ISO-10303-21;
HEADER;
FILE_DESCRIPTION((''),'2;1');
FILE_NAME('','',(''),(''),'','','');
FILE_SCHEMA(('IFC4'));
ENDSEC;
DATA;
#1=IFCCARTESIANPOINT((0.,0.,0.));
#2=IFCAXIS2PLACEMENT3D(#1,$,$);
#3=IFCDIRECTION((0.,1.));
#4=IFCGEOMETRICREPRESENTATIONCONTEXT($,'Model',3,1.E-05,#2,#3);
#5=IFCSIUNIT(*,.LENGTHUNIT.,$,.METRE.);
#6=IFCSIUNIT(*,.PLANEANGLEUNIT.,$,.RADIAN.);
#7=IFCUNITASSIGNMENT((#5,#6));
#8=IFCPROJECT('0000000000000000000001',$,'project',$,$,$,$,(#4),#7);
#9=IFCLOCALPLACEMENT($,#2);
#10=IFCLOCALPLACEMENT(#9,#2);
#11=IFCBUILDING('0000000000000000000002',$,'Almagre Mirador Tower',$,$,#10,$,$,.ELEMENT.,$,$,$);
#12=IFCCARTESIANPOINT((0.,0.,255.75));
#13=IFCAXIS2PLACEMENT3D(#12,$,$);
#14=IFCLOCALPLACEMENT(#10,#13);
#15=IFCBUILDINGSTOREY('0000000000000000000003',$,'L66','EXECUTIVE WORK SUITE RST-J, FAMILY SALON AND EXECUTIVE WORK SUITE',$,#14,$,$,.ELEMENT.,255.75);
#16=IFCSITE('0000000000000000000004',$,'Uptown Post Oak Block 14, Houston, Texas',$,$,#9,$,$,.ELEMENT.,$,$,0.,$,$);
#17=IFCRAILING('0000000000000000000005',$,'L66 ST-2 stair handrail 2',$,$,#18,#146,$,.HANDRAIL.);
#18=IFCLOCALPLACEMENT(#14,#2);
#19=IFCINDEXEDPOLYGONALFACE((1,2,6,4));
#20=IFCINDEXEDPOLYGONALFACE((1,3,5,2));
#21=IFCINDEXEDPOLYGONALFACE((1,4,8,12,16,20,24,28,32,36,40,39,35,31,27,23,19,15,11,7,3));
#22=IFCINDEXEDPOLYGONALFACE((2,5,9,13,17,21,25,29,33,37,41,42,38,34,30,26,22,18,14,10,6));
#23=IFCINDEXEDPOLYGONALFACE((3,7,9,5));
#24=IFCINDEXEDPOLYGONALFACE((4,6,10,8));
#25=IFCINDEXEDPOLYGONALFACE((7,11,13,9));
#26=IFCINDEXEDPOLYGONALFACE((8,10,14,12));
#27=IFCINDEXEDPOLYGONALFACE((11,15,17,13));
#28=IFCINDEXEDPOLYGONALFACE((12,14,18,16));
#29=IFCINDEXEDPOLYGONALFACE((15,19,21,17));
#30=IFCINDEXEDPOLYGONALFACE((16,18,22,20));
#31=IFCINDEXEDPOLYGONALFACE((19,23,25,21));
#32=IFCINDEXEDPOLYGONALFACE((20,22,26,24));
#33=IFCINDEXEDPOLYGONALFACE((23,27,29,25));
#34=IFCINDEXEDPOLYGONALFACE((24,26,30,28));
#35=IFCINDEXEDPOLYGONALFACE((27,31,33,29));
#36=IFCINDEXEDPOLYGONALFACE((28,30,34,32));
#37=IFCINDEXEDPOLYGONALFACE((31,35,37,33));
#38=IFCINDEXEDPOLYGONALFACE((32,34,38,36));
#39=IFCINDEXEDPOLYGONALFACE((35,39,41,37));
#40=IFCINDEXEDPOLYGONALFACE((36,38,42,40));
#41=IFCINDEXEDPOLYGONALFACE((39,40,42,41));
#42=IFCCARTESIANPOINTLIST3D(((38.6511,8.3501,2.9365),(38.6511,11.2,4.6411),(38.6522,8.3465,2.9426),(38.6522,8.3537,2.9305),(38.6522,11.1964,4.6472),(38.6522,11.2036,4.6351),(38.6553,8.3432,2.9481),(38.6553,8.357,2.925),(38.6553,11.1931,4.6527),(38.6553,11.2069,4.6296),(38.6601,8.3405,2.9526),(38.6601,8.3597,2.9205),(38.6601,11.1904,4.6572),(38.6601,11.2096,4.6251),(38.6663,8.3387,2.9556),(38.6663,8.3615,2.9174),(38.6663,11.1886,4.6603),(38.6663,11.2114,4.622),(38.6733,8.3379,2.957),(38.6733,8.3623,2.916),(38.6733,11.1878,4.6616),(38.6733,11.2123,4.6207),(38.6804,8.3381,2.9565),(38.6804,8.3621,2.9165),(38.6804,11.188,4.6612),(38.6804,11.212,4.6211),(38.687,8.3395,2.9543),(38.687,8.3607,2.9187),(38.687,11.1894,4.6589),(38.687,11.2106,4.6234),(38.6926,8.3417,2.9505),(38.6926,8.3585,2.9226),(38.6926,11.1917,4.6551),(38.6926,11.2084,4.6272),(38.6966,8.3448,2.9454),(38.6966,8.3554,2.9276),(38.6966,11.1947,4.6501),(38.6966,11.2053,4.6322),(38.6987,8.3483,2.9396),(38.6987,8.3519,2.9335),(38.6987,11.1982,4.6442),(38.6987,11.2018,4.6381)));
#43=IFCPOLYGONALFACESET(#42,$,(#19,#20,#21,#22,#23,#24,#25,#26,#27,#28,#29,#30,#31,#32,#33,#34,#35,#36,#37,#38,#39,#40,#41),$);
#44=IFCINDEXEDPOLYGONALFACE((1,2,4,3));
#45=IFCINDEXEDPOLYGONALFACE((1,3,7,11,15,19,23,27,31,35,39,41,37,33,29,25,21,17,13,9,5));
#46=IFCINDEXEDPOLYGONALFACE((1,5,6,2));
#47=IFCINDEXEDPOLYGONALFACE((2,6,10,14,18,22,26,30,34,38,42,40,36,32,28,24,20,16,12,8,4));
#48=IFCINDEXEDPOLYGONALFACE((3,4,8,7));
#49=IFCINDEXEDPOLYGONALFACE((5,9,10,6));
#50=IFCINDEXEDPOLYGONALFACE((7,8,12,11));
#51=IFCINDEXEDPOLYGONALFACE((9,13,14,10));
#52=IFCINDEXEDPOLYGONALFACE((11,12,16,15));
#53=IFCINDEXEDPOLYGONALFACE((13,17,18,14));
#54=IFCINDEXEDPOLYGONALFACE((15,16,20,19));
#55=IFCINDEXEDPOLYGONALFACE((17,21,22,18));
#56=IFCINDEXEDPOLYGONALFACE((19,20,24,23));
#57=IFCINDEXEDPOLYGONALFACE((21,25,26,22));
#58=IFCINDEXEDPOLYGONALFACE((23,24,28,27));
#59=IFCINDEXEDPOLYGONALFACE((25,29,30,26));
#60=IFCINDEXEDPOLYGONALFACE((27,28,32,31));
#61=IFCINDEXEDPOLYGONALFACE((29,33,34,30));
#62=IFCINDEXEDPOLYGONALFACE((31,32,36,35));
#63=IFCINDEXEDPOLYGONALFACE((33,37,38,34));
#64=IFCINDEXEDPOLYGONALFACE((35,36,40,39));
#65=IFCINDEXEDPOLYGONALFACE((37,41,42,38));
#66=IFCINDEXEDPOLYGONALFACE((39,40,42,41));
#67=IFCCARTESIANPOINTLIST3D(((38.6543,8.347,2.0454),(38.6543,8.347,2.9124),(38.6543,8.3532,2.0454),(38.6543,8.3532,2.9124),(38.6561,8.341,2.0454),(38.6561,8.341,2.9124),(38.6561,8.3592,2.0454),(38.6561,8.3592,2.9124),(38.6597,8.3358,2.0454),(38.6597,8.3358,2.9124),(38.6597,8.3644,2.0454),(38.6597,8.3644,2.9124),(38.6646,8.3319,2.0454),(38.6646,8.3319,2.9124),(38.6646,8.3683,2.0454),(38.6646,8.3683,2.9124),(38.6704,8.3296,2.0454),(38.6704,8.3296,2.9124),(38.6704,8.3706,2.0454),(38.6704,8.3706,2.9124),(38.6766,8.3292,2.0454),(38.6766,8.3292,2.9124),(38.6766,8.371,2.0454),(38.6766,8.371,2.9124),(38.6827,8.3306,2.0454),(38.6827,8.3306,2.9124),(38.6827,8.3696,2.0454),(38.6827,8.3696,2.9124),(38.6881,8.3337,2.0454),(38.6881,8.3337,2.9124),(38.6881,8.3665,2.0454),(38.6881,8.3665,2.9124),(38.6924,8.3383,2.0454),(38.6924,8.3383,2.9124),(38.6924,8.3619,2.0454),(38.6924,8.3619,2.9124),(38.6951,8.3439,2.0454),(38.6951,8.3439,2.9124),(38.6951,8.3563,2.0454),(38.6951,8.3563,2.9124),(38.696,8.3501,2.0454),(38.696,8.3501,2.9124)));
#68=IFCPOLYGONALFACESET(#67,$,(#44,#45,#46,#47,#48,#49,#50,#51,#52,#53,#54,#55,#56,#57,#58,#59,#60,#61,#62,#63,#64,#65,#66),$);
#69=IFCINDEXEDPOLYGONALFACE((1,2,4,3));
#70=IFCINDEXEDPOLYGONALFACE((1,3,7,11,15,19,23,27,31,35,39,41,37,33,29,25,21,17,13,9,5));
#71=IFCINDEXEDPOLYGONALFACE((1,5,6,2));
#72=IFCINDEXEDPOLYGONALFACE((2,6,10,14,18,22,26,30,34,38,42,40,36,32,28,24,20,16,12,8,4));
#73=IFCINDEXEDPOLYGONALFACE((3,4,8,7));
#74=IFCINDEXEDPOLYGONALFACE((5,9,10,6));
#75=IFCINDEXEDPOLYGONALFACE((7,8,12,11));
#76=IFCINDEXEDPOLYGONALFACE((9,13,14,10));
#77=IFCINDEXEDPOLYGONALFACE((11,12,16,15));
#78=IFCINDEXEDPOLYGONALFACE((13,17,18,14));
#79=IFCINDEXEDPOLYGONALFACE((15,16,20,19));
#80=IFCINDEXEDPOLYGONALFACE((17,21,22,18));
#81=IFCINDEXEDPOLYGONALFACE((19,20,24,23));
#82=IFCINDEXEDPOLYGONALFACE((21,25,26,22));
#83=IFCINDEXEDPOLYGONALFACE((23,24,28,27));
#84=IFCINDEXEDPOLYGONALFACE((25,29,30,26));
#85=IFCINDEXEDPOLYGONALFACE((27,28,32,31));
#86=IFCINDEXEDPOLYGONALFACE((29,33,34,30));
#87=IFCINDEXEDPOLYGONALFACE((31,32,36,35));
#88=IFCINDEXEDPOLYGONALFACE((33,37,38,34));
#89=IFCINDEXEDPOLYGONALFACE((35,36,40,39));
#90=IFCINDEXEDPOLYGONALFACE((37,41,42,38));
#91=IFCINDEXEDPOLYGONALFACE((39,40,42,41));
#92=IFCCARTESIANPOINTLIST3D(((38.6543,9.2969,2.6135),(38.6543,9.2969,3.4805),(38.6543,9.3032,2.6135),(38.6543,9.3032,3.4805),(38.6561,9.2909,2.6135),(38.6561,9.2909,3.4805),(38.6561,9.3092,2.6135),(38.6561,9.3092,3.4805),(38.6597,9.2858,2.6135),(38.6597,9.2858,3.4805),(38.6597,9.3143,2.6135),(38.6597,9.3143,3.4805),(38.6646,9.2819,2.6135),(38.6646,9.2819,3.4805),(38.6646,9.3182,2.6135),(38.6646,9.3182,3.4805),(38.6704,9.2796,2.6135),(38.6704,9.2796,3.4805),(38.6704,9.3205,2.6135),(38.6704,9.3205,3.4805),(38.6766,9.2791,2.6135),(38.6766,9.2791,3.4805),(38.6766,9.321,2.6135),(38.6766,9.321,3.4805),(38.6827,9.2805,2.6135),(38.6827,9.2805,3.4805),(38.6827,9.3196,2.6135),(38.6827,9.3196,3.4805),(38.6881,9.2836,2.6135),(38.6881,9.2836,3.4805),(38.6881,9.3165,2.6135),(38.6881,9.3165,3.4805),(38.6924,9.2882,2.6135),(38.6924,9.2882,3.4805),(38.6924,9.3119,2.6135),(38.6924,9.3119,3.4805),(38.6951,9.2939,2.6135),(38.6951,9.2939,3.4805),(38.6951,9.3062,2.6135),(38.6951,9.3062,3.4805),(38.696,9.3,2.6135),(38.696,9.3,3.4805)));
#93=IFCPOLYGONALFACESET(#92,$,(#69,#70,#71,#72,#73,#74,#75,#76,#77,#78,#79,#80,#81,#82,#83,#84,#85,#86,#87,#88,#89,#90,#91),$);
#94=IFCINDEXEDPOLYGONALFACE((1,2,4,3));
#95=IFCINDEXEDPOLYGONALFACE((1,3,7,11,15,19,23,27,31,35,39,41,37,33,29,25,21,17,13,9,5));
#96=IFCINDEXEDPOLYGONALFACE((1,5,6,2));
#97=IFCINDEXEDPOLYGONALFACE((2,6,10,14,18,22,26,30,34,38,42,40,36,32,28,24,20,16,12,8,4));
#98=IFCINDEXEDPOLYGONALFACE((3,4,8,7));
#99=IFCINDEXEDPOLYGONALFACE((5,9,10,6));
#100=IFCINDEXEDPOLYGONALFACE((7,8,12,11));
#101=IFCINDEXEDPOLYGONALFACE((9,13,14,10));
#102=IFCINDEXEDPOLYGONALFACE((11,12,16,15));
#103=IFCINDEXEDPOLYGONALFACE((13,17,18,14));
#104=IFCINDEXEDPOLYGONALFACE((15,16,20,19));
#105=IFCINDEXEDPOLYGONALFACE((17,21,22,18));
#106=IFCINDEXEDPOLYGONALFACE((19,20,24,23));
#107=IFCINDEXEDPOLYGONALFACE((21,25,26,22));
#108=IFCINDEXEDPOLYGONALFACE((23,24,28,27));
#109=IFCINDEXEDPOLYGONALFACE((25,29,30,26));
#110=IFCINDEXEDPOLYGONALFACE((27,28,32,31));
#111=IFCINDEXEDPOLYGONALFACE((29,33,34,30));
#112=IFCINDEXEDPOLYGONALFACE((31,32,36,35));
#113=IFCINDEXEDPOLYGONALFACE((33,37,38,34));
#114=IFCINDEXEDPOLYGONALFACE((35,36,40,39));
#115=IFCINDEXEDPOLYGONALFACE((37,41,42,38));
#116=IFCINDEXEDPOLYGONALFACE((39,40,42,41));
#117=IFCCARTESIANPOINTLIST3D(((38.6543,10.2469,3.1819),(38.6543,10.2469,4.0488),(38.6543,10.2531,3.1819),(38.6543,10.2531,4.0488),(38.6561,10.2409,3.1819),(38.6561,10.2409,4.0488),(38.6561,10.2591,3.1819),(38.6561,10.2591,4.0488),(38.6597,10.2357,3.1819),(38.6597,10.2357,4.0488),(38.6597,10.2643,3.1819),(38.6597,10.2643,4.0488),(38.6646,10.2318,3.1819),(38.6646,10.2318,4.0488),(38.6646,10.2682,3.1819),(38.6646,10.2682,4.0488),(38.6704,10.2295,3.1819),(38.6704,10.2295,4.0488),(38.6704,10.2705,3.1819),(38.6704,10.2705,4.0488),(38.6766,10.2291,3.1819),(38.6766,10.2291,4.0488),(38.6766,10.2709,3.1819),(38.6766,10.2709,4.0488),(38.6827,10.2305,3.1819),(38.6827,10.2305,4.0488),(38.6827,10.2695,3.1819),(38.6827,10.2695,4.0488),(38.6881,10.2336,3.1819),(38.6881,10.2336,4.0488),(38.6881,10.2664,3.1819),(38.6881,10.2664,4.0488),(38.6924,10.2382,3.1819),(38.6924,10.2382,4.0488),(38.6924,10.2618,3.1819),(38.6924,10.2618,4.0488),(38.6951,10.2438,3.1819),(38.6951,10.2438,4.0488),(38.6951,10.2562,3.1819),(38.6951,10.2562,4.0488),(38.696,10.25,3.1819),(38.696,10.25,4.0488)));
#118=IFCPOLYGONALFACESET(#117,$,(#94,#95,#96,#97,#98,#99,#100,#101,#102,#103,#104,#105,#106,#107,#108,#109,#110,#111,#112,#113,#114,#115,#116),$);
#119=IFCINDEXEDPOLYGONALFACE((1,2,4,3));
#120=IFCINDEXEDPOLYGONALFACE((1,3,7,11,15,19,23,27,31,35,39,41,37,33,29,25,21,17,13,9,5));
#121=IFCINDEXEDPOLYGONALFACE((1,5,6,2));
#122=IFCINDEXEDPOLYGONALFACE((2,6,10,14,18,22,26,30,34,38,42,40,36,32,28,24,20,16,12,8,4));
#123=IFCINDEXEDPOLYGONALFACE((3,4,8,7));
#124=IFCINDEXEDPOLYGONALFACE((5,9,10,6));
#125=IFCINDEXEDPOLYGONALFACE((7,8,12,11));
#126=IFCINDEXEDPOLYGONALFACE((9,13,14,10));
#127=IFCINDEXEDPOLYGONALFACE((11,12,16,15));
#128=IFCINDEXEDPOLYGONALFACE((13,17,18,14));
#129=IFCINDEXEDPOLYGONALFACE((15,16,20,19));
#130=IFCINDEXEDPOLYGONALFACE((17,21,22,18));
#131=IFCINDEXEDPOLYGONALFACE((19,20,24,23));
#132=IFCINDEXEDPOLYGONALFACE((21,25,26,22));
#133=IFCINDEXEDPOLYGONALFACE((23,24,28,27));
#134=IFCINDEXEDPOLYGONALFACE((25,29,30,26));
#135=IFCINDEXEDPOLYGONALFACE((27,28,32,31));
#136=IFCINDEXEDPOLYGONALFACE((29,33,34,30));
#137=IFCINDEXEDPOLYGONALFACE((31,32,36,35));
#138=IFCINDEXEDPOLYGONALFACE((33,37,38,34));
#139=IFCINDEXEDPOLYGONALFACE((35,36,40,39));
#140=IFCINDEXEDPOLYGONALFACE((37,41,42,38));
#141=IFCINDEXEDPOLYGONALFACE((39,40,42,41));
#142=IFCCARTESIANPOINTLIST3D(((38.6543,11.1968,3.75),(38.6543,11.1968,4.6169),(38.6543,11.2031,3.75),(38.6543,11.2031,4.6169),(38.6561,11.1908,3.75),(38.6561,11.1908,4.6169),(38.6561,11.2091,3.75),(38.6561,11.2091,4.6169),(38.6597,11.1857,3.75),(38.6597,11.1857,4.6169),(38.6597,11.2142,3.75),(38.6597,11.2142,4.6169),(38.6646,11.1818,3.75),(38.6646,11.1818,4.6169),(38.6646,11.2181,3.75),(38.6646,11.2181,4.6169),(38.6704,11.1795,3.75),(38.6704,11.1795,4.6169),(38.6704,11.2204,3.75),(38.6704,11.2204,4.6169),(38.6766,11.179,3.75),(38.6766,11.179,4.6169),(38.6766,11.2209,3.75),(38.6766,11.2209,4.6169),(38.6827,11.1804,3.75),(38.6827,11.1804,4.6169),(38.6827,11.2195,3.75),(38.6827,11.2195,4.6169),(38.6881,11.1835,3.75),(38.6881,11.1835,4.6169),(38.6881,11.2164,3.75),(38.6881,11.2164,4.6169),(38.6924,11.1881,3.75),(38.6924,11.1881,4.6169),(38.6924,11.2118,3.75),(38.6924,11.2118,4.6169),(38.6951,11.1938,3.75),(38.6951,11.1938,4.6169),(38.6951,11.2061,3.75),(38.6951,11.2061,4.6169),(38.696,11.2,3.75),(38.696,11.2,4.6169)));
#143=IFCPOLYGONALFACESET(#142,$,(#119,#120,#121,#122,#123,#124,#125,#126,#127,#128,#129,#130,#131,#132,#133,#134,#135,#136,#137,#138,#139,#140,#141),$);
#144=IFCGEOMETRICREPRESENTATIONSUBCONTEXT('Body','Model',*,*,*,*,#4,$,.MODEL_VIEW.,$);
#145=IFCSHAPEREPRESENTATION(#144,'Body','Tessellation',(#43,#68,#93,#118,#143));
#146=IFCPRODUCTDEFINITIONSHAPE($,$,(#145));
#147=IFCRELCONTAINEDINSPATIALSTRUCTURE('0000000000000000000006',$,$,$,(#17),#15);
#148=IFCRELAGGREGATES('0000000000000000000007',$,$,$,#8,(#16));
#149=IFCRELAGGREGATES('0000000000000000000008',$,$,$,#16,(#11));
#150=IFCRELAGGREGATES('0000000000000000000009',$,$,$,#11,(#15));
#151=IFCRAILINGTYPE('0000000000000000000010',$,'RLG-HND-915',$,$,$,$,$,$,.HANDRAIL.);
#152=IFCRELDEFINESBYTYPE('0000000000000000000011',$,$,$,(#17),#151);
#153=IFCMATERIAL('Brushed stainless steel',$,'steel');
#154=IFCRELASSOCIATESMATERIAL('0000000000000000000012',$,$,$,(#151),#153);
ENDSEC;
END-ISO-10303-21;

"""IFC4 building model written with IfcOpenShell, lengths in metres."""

from ifc_helpers import new_model, si_unit, direction, frame, origin, origin_2d, place, context, subcontext, project, spatial, circle, extrude, material, type_object, element, save


model = new_model("IFC4")

# Units and contexts
model_context = context("Model", 3, precision=1e-05, world=origin(), true_north=direction((0.0, 1.0)))
body_context = subcontext(model_context, "Body", "Model", "MODEL_VIEW")
ifc_project = project(units=[si_unit("LENGTHUNIT", "METRE"), si_unit("PLANEANGLEUNIT", "RADIAN")], contexts=[model_context])

# Site, building, storey
site_placement = place(None, origin())
site = spatial("IfcSite", under=ifc_project, at=site_placement, Name="Uptown Post Oak Block 14, Houston, Texas", CompositionType="ELEMENT", RefElevation=0.0)
building_placement = place(site_placement, origin())
building = spatial("IfcBuilding", under=site, at=building_placement, Name="Almagre Mirador Tower", CompositionType="ELEMENT")
storey_placement = place(building_placement, frame((0.0, 0.0, 255.75)))
storey = spatial("IfcBuildingStorey", under=building, at=storey_placement, Name="L66", Description="EXECUTIVE WORK SUITE RST-J, FAMILY SALON AND EXECUTIVE WORK SUITE", CompositionType="ELEMENT", Elevation=255.75)

# Railing
ifc_material_1 = material(Name="Brushed stainless steel", Category="steel")
railing_type_1 = type_object("IfcRailingType", Name="RLG-HND-915", PredefinedType="HANDRAIL", material=ifc_material_1)
railing_1_placement = place(storey_placement, frame((38.675, 8.3501, 2.0454)))
element("IfcRailing", 1, at=railing_1_placement, inside=storey, type_object=railing_type_1, Name="L66 ST-2 stair handrail 2", PredefinedType="HANDRAIL", context=body_context, shape_type="SweptSolid", body=[
    extrude(circle(Radius=0.0239, at=origin_2d()), frame((0.0, 0.0, 0.8911), z_axis=(0.0, 0.858199, 0.513317), x_axis=(-1.0, 0.0, 0.0)), (0.0, 0.0, 1.0), 3.3208),
    extrude(circle(Radius=0.021, at=origin_2d()), origin(), (0.0, 0.0, 1.0), 0.8669),
    extrude(circle(Radius=0.021, at=origin_2d()), frame((0.0, 0.95, 0.5681)), (0.0, 0.0, 1.0), 0.8669),
    extrude(circle(Radius=0.021, at=origin_2d()), frame((0.0, 1.8999, 1.1365)), (0.0, 0.0, 1.0), 0.8669),
    extrude(circle(Radius=0.021, at=origin_2d()), frame((0.0, 2.8499, 1.7046)), (0.0, 0.0, 1.0), 0.8669),
])

save(model, "model.ifc")
